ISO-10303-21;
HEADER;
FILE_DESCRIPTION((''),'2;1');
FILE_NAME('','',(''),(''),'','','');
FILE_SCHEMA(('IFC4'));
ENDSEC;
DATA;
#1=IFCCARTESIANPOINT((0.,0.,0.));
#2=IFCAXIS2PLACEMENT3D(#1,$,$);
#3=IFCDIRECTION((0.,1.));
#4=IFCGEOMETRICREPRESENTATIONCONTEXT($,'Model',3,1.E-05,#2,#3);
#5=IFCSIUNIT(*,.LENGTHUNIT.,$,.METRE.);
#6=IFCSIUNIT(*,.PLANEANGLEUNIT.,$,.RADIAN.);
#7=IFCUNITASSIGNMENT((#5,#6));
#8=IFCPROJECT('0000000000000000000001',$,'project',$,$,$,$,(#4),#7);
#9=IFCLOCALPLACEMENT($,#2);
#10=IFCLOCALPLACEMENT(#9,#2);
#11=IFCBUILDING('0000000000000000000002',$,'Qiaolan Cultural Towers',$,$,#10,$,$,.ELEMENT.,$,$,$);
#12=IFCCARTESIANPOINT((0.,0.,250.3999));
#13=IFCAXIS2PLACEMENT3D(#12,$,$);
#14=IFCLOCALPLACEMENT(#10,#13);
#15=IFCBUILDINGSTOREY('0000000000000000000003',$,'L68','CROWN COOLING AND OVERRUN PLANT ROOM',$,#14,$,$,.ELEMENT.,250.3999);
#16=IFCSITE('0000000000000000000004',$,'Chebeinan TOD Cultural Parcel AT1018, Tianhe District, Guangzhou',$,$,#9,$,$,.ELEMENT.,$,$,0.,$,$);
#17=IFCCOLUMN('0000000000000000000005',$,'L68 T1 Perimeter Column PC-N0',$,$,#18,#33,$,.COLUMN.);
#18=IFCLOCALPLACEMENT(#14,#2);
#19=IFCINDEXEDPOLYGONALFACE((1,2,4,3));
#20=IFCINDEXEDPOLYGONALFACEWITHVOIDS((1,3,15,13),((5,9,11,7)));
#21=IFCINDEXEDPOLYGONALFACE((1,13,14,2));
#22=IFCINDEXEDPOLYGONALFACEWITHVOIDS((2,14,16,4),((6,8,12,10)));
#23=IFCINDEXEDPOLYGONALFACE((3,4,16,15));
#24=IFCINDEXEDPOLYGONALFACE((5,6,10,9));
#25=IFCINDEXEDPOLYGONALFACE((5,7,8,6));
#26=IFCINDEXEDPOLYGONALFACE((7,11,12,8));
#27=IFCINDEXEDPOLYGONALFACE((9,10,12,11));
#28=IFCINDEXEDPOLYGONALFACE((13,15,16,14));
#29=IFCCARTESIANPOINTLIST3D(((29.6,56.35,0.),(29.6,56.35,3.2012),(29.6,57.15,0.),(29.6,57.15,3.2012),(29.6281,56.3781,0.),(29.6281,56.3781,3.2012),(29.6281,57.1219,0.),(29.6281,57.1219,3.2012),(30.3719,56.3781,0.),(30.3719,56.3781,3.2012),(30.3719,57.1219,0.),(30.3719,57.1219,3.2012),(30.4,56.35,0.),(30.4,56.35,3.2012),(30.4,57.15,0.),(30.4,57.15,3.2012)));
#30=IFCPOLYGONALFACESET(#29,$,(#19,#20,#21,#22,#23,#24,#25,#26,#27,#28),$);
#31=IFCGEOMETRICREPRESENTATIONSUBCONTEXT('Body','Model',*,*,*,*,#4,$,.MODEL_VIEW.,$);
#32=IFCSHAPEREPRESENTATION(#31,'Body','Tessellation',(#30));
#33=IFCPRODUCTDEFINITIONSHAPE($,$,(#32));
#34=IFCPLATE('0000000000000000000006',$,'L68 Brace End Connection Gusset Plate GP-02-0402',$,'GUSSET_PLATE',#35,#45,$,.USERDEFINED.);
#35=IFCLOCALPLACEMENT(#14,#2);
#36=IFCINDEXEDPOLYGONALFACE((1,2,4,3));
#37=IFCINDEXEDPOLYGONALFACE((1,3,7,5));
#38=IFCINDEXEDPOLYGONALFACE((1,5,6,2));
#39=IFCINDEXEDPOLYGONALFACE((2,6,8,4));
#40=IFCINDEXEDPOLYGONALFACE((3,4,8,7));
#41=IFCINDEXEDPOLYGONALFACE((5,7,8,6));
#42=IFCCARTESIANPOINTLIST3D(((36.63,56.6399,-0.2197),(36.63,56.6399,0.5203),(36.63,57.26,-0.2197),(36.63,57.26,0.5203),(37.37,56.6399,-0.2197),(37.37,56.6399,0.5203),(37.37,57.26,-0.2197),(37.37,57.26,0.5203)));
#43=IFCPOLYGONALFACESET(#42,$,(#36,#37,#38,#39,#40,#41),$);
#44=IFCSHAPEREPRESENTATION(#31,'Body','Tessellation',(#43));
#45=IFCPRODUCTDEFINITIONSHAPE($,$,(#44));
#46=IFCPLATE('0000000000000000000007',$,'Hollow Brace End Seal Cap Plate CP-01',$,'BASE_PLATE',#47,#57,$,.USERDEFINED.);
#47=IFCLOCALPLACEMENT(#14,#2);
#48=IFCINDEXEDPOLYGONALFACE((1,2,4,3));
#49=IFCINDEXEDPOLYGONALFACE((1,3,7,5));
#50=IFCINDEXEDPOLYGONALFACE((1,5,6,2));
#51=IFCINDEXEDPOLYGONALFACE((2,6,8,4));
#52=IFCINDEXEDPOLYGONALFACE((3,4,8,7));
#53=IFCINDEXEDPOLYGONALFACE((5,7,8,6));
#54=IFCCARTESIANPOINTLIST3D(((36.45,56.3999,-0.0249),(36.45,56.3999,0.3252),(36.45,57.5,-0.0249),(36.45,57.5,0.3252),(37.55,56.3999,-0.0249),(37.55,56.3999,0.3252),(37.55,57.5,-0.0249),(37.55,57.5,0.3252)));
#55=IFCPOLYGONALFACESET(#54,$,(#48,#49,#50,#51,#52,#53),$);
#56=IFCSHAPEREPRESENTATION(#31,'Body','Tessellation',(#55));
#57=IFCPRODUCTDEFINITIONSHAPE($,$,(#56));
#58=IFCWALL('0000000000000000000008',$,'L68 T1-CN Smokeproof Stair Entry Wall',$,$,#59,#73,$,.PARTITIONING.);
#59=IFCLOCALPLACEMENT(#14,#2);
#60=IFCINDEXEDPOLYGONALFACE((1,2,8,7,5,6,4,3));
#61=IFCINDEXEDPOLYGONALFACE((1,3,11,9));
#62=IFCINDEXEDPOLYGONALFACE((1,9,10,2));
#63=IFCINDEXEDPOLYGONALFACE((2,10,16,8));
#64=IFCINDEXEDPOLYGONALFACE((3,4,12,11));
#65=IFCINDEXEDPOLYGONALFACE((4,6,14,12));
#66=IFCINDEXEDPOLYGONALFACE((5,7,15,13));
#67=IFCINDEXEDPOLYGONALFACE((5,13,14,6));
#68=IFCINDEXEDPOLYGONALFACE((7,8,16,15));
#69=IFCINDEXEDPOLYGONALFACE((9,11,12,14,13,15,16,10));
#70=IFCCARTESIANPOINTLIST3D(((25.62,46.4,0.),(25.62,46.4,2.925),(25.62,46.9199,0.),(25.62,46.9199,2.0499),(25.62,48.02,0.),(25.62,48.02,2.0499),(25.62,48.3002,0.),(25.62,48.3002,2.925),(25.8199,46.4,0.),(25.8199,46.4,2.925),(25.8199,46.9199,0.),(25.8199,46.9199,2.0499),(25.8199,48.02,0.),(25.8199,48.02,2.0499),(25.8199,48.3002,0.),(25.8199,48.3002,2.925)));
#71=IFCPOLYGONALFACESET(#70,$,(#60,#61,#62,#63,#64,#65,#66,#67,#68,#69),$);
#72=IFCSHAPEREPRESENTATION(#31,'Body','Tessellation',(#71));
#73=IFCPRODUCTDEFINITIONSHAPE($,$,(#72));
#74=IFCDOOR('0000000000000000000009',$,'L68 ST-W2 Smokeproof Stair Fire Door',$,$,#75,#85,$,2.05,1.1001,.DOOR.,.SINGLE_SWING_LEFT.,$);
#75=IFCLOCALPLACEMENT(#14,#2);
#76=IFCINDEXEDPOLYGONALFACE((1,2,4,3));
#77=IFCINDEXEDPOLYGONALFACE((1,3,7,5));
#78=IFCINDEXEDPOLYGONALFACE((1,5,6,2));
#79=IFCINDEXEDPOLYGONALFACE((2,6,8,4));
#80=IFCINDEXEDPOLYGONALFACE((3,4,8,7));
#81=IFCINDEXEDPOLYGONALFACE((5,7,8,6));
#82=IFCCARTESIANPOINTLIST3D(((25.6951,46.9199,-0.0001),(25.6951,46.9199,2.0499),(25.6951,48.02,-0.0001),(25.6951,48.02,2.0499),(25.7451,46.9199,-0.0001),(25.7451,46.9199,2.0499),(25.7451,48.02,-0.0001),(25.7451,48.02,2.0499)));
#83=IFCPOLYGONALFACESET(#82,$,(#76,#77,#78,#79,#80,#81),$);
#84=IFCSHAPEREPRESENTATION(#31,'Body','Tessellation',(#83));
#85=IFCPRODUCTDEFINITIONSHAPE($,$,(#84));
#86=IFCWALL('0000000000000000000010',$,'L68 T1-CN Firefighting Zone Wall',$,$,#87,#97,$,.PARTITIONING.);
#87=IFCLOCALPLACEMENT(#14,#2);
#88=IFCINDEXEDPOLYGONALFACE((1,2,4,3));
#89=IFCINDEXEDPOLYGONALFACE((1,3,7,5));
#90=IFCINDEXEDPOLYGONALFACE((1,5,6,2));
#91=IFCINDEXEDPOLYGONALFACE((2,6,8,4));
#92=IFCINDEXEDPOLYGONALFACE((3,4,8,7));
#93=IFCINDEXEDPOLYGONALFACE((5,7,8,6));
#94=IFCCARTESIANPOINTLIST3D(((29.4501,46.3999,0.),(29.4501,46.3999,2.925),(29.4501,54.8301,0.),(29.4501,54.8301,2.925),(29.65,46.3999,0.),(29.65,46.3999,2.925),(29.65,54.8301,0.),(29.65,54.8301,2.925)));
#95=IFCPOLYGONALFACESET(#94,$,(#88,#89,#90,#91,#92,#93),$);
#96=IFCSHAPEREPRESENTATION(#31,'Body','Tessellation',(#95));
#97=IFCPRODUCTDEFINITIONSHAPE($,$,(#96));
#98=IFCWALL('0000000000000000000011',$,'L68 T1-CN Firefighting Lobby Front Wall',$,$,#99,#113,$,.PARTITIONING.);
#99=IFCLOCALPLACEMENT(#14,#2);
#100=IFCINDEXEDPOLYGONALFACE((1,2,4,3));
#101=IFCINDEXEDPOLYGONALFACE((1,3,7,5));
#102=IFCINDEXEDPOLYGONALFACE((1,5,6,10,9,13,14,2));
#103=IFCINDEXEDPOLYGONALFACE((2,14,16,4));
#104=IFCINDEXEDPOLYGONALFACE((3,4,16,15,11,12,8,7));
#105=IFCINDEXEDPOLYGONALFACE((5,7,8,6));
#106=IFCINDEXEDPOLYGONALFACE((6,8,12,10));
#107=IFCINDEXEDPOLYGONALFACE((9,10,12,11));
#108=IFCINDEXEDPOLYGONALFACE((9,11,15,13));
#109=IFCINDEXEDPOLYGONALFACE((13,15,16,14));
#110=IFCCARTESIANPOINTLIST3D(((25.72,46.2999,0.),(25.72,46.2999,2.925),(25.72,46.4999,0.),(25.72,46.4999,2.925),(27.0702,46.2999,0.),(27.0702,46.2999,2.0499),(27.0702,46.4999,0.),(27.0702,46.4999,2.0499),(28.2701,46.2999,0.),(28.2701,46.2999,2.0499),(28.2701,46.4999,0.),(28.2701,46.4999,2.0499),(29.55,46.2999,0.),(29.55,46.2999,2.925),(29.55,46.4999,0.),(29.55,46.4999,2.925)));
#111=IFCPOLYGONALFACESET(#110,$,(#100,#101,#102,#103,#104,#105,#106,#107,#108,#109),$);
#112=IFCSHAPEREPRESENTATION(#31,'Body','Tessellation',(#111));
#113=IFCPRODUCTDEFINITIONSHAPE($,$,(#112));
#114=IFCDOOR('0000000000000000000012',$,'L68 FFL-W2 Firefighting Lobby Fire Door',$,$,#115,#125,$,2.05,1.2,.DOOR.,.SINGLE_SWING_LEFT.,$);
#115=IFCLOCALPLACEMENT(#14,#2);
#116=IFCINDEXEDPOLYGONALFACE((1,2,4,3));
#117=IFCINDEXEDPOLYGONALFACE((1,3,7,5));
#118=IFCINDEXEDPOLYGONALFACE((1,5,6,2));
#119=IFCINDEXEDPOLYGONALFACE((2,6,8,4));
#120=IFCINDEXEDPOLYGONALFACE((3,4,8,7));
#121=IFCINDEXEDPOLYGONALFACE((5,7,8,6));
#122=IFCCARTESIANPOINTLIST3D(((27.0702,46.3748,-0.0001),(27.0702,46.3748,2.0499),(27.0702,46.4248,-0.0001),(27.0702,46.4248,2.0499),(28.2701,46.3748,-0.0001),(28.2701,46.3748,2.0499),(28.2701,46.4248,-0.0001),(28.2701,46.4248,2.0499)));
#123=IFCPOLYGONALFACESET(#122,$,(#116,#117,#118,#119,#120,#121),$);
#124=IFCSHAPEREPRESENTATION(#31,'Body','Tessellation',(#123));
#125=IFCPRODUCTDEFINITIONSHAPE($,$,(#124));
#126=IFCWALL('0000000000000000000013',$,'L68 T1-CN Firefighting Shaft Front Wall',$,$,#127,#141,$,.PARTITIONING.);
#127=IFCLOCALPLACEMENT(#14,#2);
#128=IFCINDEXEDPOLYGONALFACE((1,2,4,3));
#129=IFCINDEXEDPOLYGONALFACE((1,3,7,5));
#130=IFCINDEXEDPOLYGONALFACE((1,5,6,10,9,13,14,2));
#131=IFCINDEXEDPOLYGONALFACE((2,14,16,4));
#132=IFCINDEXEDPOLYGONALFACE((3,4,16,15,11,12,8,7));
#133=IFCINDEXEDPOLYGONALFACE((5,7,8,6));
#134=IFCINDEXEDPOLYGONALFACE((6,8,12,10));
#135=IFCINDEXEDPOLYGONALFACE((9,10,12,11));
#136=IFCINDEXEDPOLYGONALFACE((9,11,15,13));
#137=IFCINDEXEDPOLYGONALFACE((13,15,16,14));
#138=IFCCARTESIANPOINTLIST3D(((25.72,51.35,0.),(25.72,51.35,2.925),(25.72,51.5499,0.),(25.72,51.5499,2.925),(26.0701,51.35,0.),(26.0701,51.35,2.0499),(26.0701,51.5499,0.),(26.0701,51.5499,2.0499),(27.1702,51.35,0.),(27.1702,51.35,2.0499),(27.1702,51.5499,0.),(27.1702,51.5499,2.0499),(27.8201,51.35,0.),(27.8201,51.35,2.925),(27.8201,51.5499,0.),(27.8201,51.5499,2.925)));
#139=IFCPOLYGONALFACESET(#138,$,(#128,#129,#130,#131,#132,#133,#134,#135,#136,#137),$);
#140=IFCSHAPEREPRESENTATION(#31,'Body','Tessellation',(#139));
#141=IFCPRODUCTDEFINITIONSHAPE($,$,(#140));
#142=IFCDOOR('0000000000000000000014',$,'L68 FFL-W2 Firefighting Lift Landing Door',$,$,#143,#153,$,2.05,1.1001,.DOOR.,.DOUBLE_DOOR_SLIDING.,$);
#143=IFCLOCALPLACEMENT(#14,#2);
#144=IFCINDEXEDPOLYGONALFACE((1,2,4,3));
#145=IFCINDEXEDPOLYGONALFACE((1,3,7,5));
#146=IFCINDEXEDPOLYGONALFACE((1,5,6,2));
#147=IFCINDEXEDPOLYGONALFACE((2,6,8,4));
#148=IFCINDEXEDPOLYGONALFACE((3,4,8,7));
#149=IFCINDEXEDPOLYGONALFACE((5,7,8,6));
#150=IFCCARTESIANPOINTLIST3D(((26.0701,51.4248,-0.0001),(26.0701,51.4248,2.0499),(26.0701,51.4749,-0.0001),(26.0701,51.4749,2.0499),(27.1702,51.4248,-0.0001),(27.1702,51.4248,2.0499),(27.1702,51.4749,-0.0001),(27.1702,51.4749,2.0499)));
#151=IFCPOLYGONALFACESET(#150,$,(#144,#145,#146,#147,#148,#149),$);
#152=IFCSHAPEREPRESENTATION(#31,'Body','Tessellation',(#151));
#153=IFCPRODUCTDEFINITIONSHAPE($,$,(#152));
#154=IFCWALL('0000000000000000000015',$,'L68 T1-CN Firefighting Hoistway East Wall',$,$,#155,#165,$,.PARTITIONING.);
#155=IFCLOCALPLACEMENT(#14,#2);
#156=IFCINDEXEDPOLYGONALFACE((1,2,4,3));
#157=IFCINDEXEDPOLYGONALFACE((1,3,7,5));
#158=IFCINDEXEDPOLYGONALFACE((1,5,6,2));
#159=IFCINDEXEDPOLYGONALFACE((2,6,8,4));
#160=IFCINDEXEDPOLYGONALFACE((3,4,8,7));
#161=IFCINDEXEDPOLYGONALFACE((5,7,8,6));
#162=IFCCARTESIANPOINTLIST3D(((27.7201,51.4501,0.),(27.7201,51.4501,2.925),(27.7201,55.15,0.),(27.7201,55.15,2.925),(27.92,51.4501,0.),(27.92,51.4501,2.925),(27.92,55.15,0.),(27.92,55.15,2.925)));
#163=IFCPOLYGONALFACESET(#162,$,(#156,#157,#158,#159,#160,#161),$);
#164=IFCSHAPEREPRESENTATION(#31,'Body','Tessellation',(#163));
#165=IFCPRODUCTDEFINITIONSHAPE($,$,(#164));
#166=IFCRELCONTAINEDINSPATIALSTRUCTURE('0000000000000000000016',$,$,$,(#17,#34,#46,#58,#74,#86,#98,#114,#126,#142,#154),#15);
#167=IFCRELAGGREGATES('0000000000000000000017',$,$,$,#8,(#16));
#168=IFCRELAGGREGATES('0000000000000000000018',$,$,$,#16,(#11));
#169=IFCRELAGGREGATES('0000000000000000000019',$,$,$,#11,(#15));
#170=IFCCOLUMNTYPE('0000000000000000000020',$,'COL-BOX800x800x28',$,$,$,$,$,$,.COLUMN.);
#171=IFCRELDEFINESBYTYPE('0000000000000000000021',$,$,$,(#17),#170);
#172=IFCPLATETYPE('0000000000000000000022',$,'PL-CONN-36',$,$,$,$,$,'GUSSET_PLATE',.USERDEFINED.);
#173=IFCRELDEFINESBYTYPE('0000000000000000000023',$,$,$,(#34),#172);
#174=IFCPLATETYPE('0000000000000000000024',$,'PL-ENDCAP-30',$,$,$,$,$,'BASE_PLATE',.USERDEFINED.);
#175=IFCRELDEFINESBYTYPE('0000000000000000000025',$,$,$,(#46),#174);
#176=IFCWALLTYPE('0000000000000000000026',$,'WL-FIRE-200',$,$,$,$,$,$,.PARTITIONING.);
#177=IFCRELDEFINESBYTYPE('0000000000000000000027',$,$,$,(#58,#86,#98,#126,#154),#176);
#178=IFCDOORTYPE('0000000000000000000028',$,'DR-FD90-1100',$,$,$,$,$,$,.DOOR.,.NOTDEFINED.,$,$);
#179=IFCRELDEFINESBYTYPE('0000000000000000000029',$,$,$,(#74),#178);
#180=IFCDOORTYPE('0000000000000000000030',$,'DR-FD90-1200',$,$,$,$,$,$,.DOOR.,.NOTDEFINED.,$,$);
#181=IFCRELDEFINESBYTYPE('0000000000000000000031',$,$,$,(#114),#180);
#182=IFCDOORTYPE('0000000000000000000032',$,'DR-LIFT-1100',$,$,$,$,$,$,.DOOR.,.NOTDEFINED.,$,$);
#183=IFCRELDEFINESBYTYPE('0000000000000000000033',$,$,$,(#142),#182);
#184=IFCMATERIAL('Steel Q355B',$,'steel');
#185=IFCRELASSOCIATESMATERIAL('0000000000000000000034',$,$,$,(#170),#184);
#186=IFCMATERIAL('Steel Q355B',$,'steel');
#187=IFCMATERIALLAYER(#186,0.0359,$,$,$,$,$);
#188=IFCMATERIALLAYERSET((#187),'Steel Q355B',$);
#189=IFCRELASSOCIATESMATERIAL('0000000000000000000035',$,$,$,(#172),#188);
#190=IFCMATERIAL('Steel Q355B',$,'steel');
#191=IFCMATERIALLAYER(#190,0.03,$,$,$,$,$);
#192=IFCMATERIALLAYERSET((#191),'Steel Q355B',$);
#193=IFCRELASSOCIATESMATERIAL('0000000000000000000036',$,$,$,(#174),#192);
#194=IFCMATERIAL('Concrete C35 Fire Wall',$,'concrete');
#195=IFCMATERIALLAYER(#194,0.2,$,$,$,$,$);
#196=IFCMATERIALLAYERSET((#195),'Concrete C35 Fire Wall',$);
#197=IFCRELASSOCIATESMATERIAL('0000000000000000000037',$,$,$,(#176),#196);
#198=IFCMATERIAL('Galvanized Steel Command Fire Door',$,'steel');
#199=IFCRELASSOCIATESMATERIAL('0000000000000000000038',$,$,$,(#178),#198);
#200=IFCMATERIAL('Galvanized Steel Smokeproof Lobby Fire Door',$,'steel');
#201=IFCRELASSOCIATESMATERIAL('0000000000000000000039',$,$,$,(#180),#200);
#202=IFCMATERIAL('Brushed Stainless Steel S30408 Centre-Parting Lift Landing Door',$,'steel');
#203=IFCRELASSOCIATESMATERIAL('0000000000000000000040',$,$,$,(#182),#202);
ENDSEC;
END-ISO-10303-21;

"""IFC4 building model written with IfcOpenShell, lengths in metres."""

from ifc_helpers import new_model, si_unit, direction, frame, frame_2d, origin, origin_2d, place, context, subcontext, project, spatial, rectangle, hollow_rectangle, extrude, material, layer, layer_set, material_profile, profile_set, type_object, element, fill, save


model = new_model("IFC4")

# Units and contexts
model_context = context("Model", 3, precision=1e-05, world=origin(), true_north=direction((0.0, 1.0)))
body_context = subcontext(model_context, "Body", "Model", "MODEL_VIEW")
ifc_project = project(units=[si_unit("LENGTHUNIT", "METRE"), si_unit("PLANEANGLEUNIT", "RADIAN")], contexts=[model_context])

# Site, building, storey
site_placement = place(None, origin())
site = spatial("IfcSite", under=ifc_project, at=site_placement, Name="Chebeinan TOD Cultural Parcel AT1018, Tianhe District, Guangzhou", CompositionType="ELEMENT", RefElevation=0.0)
building_placement = place(site_placement, origin())
building = spatial("IfcBuilding", under=site, at=building_placement, Name="Qiaolan Cultural Towers", CompositionType="ELEMENT")
storey_placement = place(building_placement, frame((0.0, 0.0, 250.3999)))
storey = spatial("IfcBuildingStorey", under=building, at=storey_placement, Name="L68", Description="CROWN COOLING AND OVERRUN PLANT ROOM", CompositionType="ELEMENT", Elevation=250.3999)

# Column
ifc_material_1 = material(Name="Steel Q355B", Category="steel")
ifc_material_profile = material_profile(ifc_material_1, hollow_rectangle(XDim=0.8, YDim=0.8, WallThickness=0.0281, at=origin_2d()), Name="BOX800x800x28")
ifc_profile_set = profile_set([ifc_material_profile], Name="Steel Q355B")
column_type = type_object("IfcColumnType", Name="COL-BOX800x800x28", PredefinedType="COLUMN", material=ifc_profile_set)
column_placement = place(storey_placement, frame((30.0, 56.75, 0.0), z_axis=(0.0, 0.0, 1.0), x_axis=(1.0, 0.0, 0.0)))
element("IfcColumn", 1, at=column_placement, inside=storey, type_object=column_type, Name="L68 T1 Perimeter Column PC-N0", PredefinedType="COLUMN", context=body_context, shape_type="SweptSolid", body=[
    extrude(hollow_rectangle(XDim=0.8, YDim=0.8, WallThickness=0.0281, at=origin_2d()), origin(), (0.0, 0.0, 1.0), 3.2012),
])

# Plates
ifc_material_2 = material(Name="Steel Q355B", Category="steel")
ifc_layer_1 = layer(ifc_material_2, 0.0359)
ifc_layer_set_1 = layer_set([ifc_layer_1], Name="Steel Q355B")
plate_type_1 = type_object("IfcPlateType", Name="PL-CONN-36", ElementType="GUSSET_PLATE", PredefinedType="USERDEFINED", material=ifc_layer_set_1)
plate_1_placement = place(storey_placement, frame((37.0, 56.95, -0.2197), z_axis=(0.0, 0.0, 1.0), x_axis=(1.0, 0.0, 0.0)))
element("IfcPlate", 2, at=plate_1_placement, inside=storey, type_object=plate_type_1, Name="L68 Brace End Connection Gusset Plate GP-02-0402", ObjectType="GUSSET_PLATE", PredefinedType="USERDEFINED", context=body_context, shape_type="SweptSolid", body=[
    extrude(rectangle(XDim=0.74, YDim=0.6201, at=origin_2d()), origin(), (0.0, 0.0, 1.0), 0.74),
])
ifc_material_3 = material(Name="Steel Q355B", Category="steel")
ifc_layer_2 = layer(ifc_material_3, 0.03)
ifc_layer_set_2 = layer_set([ifc_layer_2], Name="Steel Q355B")
plate_type_2 = type_object("IfcPlateType", Name="PL-ENDCAP-30", ElementType="BASE_PLATE", PredefinedType="USERDEFINED", material=ifc_layer_set_2)
plate_2_placement = place(storey_placement, frame((37.0, 56.95, -0.0249), z_axis=(0.0, 0.0, 1.0), x_axis=(1.0, 0.0, 0.0)))
element("IfcPlate", 3, at=plate_2_placement, inside=storey, type_object=plate_type_2, Name="Hollow Brace End Seal Cap Plate CP-01", ObjectType="BASE_PLATE", PredefinedType="USERDEFINED", context=body_context, shape_type="SweptSolid", body=[
    extrude(rectangle(XDim=1.1001, YDim=1.1001, at=origin_2d()), origin(), (0.0, 0.0, 1.0), 0.3501),
])

# Wall, opening, door
ifc_material_4 = material(Name="Concrete C35 Fire Wall", Category="concrete")
ifc_layer_3 = layer(ifc_material_4, 0.2)
ifc_layer_set_3 = layer_set([ifc_layer_3], Name="Concrete C35 Fire Wall")
wall_type_1 = type_object("IfcWallType", Name="WL-FIRE-200", PredefinedType="PARTITIONING", material=ifc_layer_set_3)
wall_1_placement = place(storey_placement, frame((25.72, 46.3999, 0.0), z_axis=(0.0, 0.0, 1.0), x_axis=(0.0, 1.0, 0.0)))
wall_1 = element("IfcWall", 4, at=wall_1_placement, inside=storey, type_object=wall_type_1, Name="L68 T1-CN Smokeproof Stair Entry Wall", PredefinedType="PARTITIONING", context=body_context, shape_type="SweptSolid", body=[
    extrude(rectangle(XDim=1.9001, YDim=0.2, at=frame_2d((0.9502, 0.0))), origin(), (0.0, 0.0, 1.0), 2.925),
])
opening_1_placement = place(wall_1_placement, frame((0.52, 0.0, 0.0)))
opening_1 = element("IfcOpeningElement", 5, at=opening_1_placement, cuts=wall_1, PredefinedType="OPENING", context=body_context, shape_type="SweptSolid", body=[
    extrude(rectangle(XDim=1.1001, YDim=2.05, at=frame_2d((0.55, 1.0249))), frame((0.0, 0.1099, 0.0), z_axis=(0.0, -1.0, 0.0), x_axis=(1.0, 0.0, 0.0)), (0.0, 0.0, 1.0), 0.22),
])
ifc_material_5 = material(Name="Galvanized Steel Command Fire Door", Category="steel")
door_type_1 = type_object("IfcDoorType", Name="DR-FD90-1100", OperationType="NOTDEFINED", PredefinedType="DOOR", material=ifc_material_5)
door_1_placement = place(opening_1_placement, origin())
door_1 = element("IfcDoor", 6, at=door_1_placement, inside=storey, type_object=door_type_1, Name="L68 ST-W2 Smokeproof Stair Fire Door", OperationType="SINGLE_SWING_LEFT", OverallHeight=2.05, OverallWidth=1.1001, PredefinedType="DOOR", context=body_context, shape_type="SweptSolid", body=[
    extrude(rectangle(XDim=1.1001, YDim=2.05, at=frame_2d((0.55, 1.0249))), frame((0.0, 0.0249, 0.0), z_axis=(0.0, -1.0, 0.0), x_axis=(1.0, 0.0, 0.0)), (0.0, 0.0, 1.0), 0.05),
])
fill(opening_1, door_1)

# Wall
wall_2_placement = place(storey_placement, frame((29.55, 46.3999, 0.0), z_axis=(0.0, 0.0, 1.0), x_axis=(0.0, 1.0, 0.0)))
element("IfcWall", 7, at=wall_2_placement, inside=storey, type_object=wall_type_1, Name="L68 T1-CN Firefighting Zone Wall", PredefinedType="PARTITIONING", context=body_context, shape_type="SweptSolid", body=[
    extrude(rectangle(XDim=8.4302, YDim=0.2, at=frame_2d((4.2151, 0.0))), origin(), (0.0, 0.0, 1.0), 2.925),
])

# Walls, openings, doors
wall_3_placement = place(storey_placement, frame((25.72, 46.3999, 0.0), z_axis=(0.0, 0.0, 1.0), x_axis=(1.0, 0.0, 0.0)))
wall_3 = element("IfcWall", 8, at=wall_3_placement, inside=storey, type_object=wall_type_1, Name="L68 T1-CN Firefighting Lobby Front Wall", PredefinedType="PARTITIONING", context=body_context, shape_type="SweptSolid", body=[
    extrude(rectangle(XDim=3.8301, YDim=0.2, at=frame_2d((1.915, 0.0))), origin(), (0.0, 0.0, 1.0), 2.925),
])
opening_2_placement = place(wall_3_placement, frame((1.3501, 0.0, 0.0)))
opening_2 = element("IfcOpeningElement", 9, at=opening_2_placement, cuts=wall_3, PredefinedType="OPENING", context=body_context, shape_type="SweptSolid", body=[
    extrude(rectangle(XDim=1.2, YDim=2.05, at=frame_2d((0.6001, 1.0249))), frame((0.0, 0.1099, 0.0), z_axis=(0.0, -1.0, 0.0), x_axis=(1.0, 0.0, 0.0)), (0.0, 0.0, 1.0), 0.22),
])
ifc_material_6 = material(Name="Galvanized Steel Smokeproof Lobby Fire Door", Category="steel")
door_type_2 = type_object("IfcDoorType", Name="DR-FD90-1200", OperationType="NOTDEFINED", PredefinedType="DOOR", material=ifc_material_6)
door_2_placement = place(opening_2_placement, origin())
door_2 = element("IfcDoor", 10, at=door_2_placement, inside=storey, type_object=door_type_2, Name="L68 FFL-W2 Firefighting Lobby Fire Door", OperationType="SINGLE_SWING_LEFT", OverallHeight=2.05, OverallWidth=1.2, PredefinedType="DOOR", context=body_context, shape_type="SweptSolid", body=[
    extrude(rectangle(XDim=1.2, YDim=2.05, at=frame_2d((0.6001, 1.0249))), frame((0.0, 0.0249, 0.0), z_axis=(0.0, -1.0, 0.0), x_axis=(1.0, 0.0, 0.0)), (0.0, 0.0, 1.0), 0.05),
])
fill(opening_2, door_2)
wall_4_placement = place(storey_placement, frame((25.72, 51.45, 0.0), z_axis=(0.0, 0.0, 1.0), x_axis=(1.0, 0.0, 0.0)))
wall_4 = element("IfcWall", 11, at=wall_4_placement, inside=storey, type_object=wall_type_1, Name="L68 T1-CN Firefighting Shaft Front Wall", PredefinedType="PARTITIONING", context=body_context, shape_type="SweptSolid", body=[
    extrude(rectangle(XDim=2.1001, YDim=0.2, at=frame_2d((1.05, 0.0))), origin(), (0.0, 0.0, 1.0), 2.925),
])
opening_3_placement = place(wall_4_placement, frame((0.3501, 0.0, 0.0)))
opening_3 = element("IfcOpeningElement", 12, at=opening_3_placement, cuts=wall_4, PredefinedType="OPENING", context=body_context, shape_type="SweptSolid", body=[
    extrude(rectangle(XDim=1.1001, YDim=2.05, at=frame_2d((0.55, 1.0249))), frame((0.0, 0.1099, 0.0), z_axis=(0.0, -1.0, 0.0), x_axis=(1.0, 0.0, 0.0)), (0.0, 0.0, 1.0), 0.22),
])
ifc_material_7 = material(Name="Brushed Stainless Steel S30408 Centre-Parting Lift Landing Door", Category="steel")
door_type_3 = type_object("IfcDoorType", Name="DR-LIFT-1100", OperationType="NOTDEFINED", PredefinedType="DOOR", material=ifc_material_7)
door_3_placement = place(opening_3_placement, origin())
door_3 = element("IfcDoor", 13, at=door_3_placement, inside=storey, type_object=door_type_3, Name="L68 FFL-W2 Firefighting Lift Landing Door", OperationType="DOUBLE_DOOR_SLIDING", OverallHeight=2.05, OverallWidth=1.1001, PredefinedType="DOOR", context=body_context, shape_type="SweptSolid", body=[
    extrude(rectangle(XDim=1.1001, YDim=2.05, at=frame_2d((0.55, 1.0249))), frame((0.0, 0.0249, 0.0), z_axis=(0.0, -1.0, 0.0), x_axis=(1.0, 0.0, 0.0)), (0.0, 0.0, 1.0), 0.05),
])
fill(opening_3, door_3)

# Wall
wall_5_placement = place(storey_placement, frame((27.8201, 51.45, 0.0), z_axis=(0.0, 0.0, 1.0), x_axis=(0.0, 1.0, 0.0)))
element("IfcWall", 14, at=wall_5_placement, inside=storey, type_object=wall_type_1, Name="L68 T1-CN Firefighting Hoistway East Wall", PredefinedType="PARTITIONING", context=body_context, shape_type="SweptSolid", body=[
    extrude(rectangle(XDim=3.7, YDim=0.2, at=frame_2d((1.8501, 0.0))), origin(), (0.0, 0.0, 1.0), 2.925),
])

save(model, "model.ifc")
